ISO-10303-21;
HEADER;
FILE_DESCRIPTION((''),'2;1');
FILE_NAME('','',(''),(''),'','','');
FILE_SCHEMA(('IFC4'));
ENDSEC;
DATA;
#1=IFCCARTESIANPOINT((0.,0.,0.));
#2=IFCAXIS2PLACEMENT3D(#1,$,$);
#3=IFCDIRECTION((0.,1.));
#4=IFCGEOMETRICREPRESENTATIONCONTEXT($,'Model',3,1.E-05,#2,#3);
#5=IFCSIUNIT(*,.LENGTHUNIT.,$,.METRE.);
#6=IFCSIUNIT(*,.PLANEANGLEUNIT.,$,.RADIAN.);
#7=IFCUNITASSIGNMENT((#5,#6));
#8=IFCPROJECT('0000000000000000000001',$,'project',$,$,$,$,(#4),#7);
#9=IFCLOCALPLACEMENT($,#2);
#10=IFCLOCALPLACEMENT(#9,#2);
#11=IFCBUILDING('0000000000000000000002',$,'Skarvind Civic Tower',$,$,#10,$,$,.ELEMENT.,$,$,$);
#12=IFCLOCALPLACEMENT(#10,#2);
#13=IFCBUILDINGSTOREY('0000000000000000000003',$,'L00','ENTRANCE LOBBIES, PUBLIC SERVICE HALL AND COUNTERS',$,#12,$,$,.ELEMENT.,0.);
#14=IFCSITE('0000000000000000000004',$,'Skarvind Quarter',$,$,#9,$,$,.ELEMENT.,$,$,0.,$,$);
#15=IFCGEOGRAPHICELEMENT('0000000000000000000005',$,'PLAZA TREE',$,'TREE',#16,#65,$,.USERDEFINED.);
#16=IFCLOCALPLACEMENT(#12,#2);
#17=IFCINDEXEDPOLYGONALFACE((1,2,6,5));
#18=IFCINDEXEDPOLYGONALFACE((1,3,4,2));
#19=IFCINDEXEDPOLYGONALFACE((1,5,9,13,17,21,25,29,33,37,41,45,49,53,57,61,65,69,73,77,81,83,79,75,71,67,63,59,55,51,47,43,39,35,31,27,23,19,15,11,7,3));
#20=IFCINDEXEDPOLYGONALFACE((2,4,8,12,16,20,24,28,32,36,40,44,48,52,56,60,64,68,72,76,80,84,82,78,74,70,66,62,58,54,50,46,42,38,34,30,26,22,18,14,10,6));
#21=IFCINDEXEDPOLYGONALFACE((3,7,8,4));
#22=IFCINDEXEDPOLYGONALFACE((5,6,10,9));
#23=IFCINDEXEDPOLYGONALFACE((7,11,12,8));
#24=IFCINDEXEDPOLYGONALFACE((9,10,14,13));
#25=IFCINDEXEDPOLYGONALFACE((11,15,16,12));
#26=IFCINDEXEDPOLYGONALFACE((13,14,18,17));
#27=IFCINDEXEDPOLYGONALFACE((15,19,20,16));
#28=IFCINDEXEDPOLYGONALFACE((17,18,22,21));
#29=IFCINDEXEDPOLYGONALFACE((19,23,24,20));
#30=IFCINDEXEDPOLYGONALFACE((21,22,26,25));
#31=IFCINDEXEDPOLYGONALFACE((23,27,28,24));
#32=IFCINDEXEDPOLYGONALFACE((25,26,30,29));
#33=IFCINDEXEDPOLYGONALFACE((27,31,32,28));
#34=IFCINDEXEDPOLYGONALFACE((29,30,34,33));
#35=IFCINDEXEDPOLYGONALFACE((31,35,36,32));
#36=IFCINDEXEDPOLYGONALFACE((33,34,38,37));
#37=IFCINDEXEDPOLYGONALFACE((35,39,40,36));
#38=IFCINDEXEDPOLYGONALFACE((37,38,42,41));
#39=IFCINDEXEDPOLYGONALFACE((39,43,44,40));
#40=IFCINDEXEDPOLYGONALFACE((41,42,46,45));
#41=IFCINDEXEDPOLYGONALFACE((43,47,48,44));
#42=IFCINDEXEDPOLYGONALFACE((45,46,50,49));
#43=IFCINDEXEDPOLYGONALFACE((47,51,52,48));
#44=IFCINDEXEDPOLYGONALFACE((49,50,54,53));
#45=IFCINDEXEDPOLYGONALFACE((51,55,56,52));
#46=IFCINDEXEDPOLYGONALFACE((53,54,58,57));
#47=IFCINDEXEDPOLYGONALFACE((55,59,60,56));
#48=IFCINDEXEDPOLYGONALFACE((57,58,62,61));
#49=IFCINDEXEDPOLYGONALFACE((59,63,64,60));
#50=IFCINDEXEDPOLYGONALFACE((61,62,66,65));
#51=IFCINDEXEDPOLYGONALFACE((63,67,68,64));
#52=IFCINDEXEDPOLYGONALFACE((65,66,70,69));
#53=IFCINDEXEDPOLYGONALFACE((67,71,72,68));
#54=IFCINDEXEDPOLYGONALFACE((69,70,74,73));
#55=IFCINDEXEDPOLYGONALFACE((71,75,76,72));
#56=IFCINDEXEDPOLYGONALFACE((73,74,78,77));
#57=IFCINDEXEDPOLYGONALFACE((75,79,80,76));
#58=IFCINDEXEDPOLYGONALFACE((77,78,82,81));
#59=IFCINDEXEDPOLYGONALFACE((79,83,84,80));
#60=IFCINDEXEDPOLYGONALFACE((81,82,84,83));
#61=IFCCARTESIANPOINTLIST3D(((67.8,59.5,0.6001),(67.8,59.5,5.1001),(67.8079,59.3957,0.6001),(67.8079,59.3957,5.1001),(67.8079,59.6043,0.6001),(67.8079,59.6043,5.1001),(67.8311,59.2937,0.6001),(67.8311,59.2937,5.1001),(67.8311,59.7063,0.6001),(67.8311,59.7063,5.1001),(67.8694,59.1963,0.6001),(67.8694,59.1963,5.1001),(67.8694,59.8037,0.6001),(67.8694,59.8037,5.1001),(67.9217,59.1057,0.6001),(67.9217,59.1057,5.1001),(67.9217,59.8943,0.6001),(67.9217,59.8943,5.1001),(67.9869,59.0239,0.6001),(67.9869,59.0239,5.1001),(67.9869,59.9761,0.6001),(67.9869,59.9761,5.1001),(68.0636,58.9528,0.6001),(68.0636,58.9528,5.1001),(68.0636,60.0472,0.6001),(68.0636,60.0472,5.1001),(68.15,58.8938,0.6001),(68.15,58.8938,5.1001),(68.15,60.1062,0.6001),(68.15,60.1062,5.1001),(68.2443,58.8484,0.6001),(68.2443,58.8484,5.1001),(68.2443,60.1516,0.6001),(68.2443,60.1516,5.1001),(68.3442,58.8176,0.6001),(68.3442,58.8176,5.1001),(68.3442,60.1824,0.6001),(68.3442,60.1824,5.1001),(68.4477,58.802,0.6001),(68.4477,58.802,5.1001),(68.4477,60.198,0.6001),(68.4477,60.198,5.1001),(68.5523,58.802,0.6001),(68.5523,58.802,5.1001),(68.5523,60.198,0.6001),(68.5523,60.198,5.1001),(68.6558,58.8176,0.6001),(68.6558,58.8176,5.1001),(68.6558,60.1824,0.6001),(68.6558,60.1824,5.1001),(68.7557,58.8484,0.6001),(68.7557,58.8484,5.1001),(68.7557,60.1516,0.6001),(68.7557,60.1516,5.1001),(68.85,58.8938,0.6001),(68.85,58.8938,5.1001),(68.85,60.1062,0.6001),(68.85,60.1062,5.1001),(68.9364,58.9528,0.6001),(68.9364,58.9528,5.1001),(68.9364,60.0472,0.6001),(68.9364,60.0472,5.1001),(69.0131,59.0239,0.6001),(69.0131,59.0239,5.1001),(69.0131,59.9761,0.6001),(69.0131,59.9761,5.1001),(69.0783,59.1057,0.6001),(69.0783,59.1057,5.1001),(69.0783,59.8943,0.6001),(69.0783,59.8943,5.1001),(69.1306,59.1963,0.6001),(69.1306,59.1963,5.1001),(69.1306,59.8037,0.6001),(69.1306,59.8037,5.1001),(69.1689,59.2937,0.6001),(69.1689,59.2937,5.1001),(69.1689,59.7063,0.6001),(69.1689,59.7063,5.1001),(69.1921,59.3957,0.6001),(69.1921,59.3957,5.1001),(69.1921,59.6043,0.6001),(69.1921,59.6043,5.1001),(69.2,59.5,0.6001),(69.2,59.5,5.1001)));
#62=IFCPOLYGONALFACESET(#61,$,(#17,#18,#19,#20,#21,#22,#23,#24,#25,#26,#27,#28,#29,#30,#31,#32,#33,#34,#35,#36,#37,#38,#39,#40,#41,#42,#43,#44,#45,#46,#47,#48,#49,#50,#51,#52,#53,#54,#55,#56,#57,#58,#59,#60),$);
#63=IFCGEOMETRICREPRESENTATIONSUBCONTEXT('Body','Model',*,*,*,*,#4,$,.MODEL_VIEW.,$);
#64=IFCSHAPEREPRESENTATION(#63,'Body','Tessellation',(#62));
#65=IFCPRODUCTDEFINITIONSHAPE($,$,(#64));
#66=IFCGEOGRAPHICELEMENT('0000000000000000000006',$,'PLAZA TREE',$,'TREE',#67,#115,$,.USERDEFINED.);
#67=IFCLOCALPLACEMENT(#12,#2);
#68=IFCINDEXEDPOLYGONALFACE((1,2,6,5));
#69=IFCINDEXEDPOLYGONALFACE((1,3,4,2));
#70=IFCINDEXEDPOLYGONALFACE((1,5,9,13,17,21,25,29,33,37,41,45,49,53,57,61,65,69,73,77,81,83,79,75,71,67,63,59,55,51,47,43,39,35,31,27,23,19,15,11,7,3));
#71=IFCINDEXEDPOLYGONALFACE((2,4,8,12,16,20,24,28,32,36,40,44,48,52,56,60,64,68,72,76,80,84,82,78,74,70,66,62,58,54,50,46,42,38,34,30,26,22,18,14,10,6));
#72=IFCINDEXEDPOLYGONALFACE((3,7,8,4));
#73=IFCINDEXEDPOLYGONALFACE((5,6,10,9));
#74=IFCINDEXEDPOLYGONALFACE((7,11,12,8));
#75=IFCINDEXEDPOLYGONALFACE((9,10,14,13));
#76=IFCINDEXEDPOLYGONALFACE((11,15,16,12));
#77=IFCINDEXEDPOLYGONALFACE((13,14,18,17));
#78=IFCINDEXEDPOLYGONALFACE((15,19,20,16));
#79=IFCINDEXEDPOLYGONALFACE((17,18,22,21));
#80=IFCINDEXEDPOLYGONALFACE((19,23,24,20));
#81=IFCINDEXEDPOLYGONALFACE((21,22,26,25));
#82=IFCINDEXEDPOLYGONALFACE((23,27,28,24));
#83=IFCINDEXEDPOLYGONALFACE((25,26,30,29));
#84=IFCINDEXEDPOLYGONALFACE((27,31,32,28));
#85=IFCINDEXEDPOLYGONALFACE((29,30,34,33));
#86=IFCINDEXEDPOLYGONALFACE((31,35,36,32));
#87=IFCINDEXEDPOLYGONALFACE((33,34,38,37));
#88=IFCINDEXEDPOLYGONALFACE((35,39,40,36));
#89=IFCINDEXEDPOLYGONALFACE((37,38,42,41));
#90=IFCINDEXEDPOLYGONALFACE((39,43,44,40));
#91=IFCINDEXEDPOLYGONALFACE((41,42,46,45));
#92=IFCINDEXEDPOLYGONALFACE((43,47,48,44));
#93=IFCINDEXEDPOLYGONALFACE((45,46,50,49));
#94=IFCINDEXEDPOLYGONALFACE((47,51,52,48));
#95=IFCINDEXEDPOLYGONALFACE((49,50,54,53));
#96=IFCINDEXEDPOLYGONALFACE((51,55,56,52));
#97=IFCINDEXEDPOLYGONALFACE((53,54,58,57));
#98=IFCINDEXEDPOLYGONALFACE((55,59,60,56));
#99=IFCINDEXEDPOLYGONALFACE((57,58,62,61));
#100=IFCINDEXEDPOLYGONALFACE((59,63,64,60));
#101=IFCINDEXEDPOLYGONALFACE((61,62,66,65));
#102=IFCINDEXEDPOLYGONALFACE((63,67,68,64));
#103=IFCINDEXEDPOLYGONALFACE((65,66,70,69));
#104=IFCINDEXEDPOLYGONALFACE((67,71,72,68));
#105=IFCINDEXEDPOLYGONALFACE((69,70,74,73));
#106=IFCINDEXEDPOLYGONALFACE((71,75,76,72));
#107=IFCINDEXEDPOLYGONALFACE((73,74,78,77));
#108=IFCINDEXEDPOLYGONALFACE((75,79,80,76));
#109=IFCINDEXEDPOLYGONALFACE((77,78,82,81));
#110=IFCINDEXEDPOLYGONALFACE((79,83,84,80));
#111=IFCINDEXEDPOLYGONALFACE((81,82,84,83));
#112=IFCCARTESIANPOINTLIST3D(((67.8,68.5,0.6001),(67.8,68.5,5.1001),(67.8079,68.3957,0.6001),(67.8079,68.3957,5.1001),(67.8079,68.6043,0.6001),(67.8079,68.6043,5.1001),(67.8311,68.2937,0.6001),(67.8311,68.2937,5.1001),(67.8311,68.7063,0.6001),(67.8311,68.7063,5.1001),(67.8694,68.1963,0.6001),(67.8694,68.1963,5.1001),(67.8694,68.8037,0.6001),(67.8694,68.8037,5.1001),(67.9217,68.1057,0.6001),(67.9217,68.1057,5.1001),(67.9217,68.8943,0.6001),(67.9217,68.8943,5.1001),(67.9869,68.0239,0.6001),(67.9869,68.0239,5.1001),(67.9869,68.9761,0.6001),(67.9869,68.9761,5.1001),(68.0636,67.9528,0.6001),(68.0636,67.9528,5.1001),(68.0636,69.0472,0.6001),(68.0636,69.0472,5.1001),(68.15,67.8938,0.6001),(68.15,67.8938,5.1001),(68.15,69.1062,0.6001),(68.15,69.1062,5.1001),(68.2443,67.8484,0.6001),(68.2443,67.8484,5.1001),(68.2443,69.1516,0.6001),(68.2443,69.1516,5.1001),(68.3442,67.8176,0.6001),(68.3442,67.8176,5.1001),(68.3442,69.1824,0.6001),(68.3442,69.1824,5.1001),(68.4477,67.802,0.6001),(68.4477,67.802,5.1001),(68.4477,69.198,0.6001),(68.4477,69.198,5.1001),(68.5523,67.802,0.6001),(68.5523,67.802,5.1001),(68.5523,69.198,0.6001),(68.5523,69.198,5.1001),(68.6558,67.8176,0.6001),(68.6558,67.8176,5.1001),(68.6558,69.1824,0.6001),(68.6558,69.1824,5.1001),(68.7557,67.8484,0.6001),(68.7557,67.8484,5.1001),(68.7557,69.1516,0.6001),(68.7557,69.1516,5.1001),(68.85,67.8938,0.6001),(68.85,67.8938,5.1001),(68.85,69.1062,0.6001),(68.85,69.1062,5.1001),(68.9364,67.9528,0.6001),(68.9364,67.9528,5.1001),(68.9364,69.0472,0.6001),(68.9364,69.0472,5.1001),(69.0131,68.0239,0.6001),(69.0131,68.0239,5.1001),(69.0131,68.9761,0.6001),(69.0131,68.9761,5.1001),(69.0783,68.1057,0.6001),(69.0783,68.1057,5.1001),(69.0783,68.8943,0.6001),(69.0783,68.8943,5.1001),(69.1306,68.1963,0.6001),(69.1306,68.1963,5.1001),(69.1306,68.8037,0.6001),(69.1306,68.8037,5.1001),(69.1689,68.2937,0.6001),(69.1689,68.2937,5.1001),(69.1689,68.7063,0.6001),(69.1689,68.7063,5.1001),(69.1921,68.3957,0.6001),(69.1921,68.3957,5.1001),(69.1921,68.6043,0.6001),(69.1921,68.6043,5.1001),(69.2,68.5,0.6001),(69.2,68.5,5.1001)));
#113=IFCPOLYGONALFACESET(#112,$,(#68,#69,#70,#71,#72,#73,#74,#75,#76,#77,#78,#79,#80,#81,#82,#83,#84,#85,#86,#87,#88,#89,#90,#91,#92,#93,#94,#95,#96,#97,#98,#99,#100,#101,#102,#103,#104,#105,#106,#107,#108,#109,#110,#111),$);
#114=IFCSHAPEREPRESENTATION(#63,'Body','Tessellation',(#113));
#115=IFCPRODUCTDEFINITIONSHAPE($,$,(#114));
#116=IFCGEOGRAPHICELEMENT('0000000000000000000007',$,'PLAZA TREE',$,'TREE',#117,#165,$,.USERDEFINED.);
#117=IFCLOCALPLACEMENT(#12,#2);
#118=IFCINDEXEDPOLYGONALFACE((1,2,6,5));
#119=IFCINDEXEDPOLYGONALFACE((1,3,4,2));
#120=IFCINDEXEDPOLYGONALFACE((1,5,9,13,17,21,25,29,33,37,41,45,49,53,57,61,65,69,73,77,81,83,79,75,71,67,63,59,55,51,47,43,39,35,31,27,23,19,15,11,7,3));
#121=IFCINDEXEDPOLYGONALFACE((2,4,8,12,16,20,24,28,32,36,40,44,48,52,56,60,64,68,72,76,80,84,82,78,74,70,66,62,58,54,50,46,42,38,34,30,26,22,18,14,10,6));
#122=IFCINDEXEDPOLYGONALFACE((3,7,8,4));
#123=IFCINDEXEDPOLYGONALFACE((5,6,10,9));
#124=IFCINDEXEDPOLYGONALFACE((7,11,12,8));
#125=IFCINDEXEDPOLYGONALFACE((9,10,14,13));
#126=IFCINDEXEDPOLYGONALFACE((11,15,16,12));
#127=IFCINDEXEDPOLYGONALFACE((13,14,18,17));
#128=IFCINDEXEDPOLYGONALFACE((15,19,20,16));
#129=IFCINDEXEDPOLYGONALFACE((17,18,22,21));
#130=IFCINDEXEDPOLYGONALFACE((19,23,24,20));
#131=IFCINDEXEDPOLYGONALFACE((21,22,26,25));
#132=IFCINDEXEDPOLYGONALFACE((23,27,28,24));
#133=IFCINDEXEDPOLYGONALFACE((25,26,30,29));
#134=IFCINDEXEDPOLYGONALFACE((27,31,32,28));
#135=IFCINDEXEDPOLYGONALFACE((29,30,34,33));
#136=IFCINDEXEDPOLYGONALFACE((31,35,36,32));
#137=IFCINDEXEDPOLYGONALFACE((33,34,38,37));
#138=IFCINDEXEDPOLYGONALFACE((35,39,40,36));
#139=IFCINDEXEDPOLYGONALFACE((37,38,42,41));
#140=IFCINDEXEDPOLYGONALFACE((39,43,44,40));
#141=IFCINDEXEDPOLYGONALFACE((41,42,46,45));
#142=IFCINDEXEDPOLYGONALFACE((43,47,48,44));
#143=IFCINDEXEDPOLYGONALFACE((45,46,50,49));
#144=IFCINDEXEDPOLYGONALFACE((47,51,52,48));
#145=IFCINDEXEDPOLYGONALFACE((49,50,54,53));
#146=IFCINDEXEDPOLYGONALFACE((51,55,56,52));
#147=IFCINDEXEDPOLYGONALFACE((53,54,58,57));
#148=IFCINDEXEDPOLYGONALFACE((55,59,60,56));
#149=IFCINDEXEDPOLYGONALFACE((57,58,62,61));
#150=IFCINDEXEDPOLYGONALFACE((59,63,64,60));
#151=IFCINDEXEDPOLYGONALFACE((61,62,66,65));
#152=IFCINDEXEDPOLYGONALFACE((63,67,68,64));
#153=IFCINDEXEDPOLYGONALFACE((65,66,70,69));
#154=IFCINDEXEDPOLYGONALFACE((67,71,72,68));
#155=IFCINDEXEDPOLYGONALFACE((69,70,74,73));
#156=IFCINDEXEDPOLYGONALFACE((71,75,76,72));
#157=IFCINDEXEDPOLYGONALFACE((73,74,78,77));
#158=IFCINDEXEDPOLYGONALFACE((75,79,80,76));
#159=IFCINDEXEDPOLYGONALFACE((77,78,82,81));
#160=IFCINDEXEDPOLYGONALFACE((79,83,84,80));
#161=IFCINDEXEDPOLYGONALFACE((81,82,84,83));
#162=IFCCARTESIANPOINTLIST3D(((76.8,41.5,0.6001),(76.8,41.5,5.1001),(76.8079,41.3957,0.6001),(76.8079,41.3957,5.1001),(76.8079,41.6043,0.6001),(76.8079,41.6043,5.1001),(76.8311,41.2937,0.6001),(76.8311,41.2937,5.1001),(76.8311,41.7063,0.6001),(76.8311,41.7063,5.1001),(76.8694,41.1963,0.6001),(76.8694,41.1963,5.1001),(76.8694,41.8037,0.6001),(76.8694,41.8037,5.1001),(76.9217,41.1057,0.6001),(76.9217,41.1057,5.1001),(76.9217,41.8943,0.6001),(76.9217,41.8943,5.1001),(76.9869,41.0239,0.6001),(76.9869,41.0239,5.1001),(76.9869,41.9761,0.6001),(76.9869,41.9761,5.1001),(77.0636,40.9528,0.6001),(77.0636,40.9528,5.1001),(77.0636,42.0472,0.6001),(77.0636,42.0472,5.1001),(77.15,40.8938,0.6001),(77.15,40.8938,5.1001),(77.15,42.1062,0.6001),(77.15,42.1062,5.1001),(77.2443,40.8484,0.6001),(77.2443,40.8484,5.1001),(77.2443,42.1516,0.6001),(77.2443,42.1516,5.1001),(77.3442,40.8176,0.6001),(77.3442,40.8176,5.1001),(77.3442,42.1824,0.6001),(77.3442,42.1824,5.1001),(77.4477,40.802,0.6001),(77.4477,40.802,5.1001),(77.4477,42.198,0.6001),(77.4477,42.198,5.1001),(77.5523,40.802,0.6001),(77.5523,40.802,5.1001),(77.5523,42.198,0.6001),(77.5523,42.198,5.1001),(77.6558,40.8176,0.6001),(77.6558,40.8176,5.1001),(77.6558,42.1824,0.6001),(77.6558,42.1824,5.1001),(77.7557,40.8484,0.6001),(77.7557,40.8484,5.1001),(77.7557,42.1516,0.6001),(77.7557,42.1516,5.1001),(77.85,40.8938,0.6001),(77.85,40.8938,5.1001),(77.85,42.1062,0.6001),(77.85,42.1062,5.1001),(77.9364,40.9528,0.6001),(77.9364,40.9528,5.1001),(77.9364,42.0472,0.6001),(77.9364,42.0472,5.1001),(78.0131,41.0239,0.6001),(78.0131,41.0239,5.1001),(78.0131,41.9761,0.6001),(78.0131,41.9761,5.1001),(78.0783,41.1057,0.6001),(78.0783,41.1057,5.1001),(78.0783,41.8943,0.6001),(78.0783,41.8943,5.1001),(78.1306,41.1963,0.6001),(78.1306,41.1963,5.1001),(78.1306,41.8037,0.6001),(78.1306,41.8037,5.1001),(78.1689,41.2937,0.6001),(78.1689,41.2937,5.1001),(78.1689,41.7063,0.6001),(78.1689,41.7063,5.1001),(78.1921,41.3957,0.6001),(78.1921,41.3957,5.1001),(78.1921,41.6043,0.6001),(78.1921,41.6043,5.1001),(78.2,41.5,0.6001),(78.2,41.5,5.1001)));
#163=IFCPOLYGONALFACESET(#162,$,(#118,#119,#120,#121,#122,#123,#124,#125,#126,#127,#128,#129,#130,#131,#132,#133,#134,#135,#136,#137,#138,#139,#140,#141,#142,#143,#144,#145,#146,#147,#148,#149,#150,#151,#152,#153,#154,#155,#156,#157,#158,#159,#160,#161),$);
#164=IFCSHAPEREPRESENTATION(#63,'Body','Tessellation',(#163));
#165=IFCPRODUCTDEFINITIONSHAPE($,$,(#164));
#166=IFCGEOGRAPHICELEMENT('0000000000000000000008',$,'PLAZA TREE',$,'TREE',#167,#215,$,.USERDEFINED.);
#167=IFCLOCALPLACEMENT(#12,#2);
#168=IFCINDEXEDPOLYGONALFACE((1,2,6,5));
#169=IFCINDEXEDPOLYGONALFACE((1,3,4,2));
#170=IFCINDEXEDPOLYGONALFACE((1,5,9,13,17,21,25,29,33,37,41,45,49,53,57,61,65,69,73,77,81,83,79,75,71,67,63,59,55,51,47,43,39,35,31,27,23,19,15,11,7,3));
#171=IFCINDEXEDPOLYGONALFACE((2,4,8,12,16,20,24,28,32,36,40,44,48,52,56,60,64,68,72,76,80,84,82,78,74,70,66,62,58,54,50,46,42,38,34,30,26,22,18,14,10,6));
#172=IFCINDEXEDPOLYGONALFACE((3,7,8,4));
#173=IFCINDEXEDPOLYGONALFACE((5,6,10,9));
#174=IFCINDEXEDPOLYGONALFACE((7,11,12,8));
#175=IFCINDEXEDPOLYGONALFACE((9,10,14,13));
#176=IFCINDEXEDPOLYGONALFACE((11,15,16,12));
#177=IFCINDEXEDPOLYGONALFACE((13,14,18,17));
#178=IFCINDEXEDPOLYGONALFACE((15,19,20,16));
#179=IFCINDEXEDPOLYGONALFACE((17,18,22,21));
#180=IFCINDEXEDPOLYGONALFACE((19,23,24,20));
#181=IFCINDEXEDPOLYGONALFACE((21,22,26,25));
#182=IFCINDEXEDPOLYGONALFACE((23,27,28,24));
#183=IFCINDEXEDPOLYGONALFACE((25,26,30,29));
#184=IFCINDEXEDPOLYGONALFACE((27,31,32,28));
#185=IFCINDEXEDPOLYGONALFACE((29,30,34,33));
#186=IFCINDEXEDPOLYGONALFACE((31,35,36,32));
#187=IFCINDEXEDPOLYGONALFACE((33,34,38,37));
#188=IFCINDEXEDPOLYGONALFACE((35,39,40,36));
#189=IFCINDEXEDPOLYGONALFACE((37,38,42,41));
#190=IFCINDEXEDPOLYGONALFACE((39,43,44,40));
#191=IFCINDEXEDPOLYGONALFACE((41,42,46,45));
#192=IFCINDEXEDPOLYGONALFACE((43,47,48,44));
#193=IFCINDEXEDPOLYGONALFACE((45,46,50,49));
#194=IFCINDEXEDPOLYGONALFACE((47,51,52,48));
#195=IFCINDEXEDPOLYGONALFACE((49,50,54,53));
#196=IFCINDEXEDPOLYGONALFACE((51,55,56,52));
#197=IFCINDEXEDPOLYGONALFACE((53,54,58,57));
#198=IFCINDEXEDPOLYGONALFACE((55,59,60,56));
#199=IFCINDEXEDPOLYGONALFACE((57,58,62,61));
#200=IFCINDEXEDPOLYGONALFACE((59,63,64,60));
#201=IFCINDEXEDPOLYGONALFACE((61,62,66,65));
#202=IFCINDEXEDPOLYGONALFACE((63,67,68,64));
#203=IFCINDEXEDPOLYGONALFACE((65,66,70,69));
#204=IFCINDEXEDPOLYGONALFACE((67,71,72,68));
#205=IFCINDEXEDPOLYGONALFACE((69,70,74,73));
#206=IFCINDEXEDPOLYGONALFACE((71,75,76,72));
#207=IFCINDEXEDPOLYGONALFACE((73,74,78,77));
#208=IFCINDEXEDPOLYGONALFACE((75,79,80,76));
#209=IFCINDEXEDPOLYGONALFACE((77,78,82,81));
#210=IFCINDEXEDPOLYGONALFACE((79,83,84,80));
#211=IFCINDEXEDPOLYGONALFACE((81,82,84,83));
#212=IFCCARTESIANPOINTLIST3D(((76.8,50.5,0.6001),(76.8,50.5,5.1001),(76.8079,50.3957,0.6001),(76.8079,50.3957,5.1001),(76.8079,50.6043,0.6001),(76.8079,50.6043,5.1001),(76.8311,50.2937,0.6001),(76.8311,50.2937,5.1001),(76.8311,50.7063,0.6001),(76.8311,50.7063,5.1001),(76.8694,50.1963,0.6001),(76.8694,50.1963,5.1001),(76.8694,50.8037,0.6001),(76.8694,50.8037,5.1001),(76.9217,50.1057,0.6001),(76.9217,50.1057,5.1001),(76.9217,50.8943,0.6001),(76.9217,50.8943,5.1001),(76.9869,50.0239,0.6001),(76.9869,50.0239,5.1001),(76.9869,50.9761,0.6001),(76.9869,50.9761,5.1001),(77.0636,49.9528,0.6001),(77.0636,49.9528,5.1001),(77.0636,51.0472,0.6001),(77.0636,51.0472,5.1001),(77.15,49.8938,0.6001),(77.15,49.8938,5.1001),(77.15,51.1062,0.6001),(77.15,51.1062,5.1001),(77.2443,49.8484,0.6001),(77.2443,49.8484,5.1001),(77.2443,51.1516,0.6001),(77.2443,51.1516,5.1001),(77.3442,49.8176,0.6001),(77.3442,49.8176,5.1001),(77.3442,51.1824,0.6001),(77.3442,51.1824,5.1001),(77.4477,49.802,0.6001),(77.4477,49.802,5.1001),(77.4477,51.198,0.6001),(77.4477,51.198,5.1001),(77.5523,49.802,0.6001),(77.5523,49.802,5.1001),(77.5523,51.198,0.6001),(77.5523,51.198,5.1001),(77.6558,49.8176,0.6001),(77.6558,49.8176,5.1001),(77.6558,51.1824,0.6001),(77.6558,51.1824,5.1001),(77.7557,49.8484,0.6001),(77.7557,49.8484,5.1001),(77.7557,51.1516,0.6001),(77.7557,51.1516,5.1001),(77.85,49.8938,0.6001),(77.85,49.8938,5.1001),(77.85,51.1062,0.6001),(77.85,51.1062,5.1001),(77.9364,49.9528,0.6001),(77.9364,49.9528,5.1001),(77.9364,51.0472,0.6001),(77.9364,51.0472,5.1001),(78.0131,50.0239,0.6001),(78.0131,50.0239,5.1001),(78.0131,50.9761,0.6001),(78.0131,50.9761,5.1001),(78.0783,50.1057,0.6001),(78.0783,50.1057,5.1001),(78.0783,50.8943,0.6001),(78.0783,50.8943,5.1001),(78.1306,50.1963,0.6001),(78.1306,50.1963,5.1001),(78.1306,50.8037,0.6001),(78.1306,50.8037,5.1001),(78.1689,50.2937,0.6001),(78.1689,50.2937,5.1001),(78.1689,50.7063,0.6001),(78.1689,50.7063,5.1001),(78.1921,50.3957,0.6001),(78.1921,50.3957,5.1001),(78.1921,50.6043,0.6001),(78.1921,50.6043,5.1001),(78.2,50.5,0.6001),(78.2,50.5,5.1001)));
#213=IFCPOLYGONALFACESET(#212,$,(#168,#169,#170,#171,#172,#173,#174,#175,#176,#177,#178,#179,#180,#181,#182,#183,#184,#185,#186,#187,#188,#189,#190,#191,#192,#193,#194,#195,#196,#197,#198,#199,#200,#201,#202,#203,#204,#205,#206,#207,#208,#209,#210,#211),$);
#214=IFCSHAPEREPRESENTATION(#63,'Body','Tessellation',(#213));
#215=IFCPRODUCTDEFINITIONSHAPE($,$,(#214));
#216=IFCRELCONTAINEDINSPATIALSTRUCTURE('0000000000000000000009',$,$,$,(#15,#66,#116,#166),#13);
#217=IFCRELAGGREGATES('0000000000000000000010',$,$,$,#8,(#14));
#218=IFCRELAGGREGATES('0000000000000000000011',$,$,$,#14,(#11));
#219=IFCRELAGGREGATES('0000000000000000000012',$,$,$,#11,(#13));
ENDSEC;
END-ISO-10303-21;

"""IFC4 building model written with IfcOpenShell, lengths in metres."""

from ifc_helpers import new_model, si_unit, direction, frame, origin, origin_2d, place, context, subcontext, project, spatial, circle, extrude, element, save


model = new_model("IFC4")

# Units and contexts
model_context = context("Model", 3, precision=1e-05, world=origin(), true_north=direction((0.0, 1.0)))
body_context = subcontext(model_context, "Body", "Model", "MODEL_VIEW")
ifc_project = project(units=[si_unit("LENGTHUNIT", "METRE"), si_unit("PLANEANGLEUNIT", "RADIAN")], contexts=[model_context])

# Site, building, storey
site_placement = place(None, origin())
site = spatial("IfcSite", under=ifc_project, at=site_placement, Name="Skarvind Quarter", CompositionType="ELEMENT", RefElevation=0.0)
building_placement = place(site_placement, origin())
building = spatial("IfcBuilding", under=site, at=building_placement, Name="Skarvind Civic Tower", CompositionType="ELEMENT")
storey_placement = place(building_placement, origin())
storey = spatial("IfcBuildingStorey", under=building, at=storey_placement, Name="L00", Description="ENTRANCE LOBBIES, PUBLIC SERVICE HALL AND COUNTERS", CompositionType="ELEMENT", Elevation=0.0)

# Geographic elements
for number, where, z_axis, x_axis, name in (
    (1, (68.5, 59.5, 0.6001), (0.0, 0.0, 1.0), (1.0, 0.0, 0.0), "PLAZA TREE"),
    (2, (68.5, 68.5, 0.6001), (0.0, 0.0, 1.0), (1.0, 0.0, 0.0), "PLAZA TREE"),
    (3, (77.5, 41.5, 0.6001), (0.0, 0.0, 1.0), (1.0, 0.0, 0.0), "PLAZA TREE"),
    (4, (77.5, 50.5, 0.6001), (0.0, 0.0, 1.0), (1.0, 0.0, 0.0), "PLAZA TREE"),
):
    element("IfcGeographicElement", number, at=place(storey_placement, frame(where, z_axis=z_axis, x_axis=x_axis)), inside=storey, Name=name, ObjectType="TREE", PredefinedType="USERDEFINED", context=body_context, shape_type="SweptSolid", body=[
        extrude(circle(Radius=0.7, at=origin_2d()), origin(), (0.0, 0.0, 1.0), 4.5),
    ])

save(model, "model.ifc")
